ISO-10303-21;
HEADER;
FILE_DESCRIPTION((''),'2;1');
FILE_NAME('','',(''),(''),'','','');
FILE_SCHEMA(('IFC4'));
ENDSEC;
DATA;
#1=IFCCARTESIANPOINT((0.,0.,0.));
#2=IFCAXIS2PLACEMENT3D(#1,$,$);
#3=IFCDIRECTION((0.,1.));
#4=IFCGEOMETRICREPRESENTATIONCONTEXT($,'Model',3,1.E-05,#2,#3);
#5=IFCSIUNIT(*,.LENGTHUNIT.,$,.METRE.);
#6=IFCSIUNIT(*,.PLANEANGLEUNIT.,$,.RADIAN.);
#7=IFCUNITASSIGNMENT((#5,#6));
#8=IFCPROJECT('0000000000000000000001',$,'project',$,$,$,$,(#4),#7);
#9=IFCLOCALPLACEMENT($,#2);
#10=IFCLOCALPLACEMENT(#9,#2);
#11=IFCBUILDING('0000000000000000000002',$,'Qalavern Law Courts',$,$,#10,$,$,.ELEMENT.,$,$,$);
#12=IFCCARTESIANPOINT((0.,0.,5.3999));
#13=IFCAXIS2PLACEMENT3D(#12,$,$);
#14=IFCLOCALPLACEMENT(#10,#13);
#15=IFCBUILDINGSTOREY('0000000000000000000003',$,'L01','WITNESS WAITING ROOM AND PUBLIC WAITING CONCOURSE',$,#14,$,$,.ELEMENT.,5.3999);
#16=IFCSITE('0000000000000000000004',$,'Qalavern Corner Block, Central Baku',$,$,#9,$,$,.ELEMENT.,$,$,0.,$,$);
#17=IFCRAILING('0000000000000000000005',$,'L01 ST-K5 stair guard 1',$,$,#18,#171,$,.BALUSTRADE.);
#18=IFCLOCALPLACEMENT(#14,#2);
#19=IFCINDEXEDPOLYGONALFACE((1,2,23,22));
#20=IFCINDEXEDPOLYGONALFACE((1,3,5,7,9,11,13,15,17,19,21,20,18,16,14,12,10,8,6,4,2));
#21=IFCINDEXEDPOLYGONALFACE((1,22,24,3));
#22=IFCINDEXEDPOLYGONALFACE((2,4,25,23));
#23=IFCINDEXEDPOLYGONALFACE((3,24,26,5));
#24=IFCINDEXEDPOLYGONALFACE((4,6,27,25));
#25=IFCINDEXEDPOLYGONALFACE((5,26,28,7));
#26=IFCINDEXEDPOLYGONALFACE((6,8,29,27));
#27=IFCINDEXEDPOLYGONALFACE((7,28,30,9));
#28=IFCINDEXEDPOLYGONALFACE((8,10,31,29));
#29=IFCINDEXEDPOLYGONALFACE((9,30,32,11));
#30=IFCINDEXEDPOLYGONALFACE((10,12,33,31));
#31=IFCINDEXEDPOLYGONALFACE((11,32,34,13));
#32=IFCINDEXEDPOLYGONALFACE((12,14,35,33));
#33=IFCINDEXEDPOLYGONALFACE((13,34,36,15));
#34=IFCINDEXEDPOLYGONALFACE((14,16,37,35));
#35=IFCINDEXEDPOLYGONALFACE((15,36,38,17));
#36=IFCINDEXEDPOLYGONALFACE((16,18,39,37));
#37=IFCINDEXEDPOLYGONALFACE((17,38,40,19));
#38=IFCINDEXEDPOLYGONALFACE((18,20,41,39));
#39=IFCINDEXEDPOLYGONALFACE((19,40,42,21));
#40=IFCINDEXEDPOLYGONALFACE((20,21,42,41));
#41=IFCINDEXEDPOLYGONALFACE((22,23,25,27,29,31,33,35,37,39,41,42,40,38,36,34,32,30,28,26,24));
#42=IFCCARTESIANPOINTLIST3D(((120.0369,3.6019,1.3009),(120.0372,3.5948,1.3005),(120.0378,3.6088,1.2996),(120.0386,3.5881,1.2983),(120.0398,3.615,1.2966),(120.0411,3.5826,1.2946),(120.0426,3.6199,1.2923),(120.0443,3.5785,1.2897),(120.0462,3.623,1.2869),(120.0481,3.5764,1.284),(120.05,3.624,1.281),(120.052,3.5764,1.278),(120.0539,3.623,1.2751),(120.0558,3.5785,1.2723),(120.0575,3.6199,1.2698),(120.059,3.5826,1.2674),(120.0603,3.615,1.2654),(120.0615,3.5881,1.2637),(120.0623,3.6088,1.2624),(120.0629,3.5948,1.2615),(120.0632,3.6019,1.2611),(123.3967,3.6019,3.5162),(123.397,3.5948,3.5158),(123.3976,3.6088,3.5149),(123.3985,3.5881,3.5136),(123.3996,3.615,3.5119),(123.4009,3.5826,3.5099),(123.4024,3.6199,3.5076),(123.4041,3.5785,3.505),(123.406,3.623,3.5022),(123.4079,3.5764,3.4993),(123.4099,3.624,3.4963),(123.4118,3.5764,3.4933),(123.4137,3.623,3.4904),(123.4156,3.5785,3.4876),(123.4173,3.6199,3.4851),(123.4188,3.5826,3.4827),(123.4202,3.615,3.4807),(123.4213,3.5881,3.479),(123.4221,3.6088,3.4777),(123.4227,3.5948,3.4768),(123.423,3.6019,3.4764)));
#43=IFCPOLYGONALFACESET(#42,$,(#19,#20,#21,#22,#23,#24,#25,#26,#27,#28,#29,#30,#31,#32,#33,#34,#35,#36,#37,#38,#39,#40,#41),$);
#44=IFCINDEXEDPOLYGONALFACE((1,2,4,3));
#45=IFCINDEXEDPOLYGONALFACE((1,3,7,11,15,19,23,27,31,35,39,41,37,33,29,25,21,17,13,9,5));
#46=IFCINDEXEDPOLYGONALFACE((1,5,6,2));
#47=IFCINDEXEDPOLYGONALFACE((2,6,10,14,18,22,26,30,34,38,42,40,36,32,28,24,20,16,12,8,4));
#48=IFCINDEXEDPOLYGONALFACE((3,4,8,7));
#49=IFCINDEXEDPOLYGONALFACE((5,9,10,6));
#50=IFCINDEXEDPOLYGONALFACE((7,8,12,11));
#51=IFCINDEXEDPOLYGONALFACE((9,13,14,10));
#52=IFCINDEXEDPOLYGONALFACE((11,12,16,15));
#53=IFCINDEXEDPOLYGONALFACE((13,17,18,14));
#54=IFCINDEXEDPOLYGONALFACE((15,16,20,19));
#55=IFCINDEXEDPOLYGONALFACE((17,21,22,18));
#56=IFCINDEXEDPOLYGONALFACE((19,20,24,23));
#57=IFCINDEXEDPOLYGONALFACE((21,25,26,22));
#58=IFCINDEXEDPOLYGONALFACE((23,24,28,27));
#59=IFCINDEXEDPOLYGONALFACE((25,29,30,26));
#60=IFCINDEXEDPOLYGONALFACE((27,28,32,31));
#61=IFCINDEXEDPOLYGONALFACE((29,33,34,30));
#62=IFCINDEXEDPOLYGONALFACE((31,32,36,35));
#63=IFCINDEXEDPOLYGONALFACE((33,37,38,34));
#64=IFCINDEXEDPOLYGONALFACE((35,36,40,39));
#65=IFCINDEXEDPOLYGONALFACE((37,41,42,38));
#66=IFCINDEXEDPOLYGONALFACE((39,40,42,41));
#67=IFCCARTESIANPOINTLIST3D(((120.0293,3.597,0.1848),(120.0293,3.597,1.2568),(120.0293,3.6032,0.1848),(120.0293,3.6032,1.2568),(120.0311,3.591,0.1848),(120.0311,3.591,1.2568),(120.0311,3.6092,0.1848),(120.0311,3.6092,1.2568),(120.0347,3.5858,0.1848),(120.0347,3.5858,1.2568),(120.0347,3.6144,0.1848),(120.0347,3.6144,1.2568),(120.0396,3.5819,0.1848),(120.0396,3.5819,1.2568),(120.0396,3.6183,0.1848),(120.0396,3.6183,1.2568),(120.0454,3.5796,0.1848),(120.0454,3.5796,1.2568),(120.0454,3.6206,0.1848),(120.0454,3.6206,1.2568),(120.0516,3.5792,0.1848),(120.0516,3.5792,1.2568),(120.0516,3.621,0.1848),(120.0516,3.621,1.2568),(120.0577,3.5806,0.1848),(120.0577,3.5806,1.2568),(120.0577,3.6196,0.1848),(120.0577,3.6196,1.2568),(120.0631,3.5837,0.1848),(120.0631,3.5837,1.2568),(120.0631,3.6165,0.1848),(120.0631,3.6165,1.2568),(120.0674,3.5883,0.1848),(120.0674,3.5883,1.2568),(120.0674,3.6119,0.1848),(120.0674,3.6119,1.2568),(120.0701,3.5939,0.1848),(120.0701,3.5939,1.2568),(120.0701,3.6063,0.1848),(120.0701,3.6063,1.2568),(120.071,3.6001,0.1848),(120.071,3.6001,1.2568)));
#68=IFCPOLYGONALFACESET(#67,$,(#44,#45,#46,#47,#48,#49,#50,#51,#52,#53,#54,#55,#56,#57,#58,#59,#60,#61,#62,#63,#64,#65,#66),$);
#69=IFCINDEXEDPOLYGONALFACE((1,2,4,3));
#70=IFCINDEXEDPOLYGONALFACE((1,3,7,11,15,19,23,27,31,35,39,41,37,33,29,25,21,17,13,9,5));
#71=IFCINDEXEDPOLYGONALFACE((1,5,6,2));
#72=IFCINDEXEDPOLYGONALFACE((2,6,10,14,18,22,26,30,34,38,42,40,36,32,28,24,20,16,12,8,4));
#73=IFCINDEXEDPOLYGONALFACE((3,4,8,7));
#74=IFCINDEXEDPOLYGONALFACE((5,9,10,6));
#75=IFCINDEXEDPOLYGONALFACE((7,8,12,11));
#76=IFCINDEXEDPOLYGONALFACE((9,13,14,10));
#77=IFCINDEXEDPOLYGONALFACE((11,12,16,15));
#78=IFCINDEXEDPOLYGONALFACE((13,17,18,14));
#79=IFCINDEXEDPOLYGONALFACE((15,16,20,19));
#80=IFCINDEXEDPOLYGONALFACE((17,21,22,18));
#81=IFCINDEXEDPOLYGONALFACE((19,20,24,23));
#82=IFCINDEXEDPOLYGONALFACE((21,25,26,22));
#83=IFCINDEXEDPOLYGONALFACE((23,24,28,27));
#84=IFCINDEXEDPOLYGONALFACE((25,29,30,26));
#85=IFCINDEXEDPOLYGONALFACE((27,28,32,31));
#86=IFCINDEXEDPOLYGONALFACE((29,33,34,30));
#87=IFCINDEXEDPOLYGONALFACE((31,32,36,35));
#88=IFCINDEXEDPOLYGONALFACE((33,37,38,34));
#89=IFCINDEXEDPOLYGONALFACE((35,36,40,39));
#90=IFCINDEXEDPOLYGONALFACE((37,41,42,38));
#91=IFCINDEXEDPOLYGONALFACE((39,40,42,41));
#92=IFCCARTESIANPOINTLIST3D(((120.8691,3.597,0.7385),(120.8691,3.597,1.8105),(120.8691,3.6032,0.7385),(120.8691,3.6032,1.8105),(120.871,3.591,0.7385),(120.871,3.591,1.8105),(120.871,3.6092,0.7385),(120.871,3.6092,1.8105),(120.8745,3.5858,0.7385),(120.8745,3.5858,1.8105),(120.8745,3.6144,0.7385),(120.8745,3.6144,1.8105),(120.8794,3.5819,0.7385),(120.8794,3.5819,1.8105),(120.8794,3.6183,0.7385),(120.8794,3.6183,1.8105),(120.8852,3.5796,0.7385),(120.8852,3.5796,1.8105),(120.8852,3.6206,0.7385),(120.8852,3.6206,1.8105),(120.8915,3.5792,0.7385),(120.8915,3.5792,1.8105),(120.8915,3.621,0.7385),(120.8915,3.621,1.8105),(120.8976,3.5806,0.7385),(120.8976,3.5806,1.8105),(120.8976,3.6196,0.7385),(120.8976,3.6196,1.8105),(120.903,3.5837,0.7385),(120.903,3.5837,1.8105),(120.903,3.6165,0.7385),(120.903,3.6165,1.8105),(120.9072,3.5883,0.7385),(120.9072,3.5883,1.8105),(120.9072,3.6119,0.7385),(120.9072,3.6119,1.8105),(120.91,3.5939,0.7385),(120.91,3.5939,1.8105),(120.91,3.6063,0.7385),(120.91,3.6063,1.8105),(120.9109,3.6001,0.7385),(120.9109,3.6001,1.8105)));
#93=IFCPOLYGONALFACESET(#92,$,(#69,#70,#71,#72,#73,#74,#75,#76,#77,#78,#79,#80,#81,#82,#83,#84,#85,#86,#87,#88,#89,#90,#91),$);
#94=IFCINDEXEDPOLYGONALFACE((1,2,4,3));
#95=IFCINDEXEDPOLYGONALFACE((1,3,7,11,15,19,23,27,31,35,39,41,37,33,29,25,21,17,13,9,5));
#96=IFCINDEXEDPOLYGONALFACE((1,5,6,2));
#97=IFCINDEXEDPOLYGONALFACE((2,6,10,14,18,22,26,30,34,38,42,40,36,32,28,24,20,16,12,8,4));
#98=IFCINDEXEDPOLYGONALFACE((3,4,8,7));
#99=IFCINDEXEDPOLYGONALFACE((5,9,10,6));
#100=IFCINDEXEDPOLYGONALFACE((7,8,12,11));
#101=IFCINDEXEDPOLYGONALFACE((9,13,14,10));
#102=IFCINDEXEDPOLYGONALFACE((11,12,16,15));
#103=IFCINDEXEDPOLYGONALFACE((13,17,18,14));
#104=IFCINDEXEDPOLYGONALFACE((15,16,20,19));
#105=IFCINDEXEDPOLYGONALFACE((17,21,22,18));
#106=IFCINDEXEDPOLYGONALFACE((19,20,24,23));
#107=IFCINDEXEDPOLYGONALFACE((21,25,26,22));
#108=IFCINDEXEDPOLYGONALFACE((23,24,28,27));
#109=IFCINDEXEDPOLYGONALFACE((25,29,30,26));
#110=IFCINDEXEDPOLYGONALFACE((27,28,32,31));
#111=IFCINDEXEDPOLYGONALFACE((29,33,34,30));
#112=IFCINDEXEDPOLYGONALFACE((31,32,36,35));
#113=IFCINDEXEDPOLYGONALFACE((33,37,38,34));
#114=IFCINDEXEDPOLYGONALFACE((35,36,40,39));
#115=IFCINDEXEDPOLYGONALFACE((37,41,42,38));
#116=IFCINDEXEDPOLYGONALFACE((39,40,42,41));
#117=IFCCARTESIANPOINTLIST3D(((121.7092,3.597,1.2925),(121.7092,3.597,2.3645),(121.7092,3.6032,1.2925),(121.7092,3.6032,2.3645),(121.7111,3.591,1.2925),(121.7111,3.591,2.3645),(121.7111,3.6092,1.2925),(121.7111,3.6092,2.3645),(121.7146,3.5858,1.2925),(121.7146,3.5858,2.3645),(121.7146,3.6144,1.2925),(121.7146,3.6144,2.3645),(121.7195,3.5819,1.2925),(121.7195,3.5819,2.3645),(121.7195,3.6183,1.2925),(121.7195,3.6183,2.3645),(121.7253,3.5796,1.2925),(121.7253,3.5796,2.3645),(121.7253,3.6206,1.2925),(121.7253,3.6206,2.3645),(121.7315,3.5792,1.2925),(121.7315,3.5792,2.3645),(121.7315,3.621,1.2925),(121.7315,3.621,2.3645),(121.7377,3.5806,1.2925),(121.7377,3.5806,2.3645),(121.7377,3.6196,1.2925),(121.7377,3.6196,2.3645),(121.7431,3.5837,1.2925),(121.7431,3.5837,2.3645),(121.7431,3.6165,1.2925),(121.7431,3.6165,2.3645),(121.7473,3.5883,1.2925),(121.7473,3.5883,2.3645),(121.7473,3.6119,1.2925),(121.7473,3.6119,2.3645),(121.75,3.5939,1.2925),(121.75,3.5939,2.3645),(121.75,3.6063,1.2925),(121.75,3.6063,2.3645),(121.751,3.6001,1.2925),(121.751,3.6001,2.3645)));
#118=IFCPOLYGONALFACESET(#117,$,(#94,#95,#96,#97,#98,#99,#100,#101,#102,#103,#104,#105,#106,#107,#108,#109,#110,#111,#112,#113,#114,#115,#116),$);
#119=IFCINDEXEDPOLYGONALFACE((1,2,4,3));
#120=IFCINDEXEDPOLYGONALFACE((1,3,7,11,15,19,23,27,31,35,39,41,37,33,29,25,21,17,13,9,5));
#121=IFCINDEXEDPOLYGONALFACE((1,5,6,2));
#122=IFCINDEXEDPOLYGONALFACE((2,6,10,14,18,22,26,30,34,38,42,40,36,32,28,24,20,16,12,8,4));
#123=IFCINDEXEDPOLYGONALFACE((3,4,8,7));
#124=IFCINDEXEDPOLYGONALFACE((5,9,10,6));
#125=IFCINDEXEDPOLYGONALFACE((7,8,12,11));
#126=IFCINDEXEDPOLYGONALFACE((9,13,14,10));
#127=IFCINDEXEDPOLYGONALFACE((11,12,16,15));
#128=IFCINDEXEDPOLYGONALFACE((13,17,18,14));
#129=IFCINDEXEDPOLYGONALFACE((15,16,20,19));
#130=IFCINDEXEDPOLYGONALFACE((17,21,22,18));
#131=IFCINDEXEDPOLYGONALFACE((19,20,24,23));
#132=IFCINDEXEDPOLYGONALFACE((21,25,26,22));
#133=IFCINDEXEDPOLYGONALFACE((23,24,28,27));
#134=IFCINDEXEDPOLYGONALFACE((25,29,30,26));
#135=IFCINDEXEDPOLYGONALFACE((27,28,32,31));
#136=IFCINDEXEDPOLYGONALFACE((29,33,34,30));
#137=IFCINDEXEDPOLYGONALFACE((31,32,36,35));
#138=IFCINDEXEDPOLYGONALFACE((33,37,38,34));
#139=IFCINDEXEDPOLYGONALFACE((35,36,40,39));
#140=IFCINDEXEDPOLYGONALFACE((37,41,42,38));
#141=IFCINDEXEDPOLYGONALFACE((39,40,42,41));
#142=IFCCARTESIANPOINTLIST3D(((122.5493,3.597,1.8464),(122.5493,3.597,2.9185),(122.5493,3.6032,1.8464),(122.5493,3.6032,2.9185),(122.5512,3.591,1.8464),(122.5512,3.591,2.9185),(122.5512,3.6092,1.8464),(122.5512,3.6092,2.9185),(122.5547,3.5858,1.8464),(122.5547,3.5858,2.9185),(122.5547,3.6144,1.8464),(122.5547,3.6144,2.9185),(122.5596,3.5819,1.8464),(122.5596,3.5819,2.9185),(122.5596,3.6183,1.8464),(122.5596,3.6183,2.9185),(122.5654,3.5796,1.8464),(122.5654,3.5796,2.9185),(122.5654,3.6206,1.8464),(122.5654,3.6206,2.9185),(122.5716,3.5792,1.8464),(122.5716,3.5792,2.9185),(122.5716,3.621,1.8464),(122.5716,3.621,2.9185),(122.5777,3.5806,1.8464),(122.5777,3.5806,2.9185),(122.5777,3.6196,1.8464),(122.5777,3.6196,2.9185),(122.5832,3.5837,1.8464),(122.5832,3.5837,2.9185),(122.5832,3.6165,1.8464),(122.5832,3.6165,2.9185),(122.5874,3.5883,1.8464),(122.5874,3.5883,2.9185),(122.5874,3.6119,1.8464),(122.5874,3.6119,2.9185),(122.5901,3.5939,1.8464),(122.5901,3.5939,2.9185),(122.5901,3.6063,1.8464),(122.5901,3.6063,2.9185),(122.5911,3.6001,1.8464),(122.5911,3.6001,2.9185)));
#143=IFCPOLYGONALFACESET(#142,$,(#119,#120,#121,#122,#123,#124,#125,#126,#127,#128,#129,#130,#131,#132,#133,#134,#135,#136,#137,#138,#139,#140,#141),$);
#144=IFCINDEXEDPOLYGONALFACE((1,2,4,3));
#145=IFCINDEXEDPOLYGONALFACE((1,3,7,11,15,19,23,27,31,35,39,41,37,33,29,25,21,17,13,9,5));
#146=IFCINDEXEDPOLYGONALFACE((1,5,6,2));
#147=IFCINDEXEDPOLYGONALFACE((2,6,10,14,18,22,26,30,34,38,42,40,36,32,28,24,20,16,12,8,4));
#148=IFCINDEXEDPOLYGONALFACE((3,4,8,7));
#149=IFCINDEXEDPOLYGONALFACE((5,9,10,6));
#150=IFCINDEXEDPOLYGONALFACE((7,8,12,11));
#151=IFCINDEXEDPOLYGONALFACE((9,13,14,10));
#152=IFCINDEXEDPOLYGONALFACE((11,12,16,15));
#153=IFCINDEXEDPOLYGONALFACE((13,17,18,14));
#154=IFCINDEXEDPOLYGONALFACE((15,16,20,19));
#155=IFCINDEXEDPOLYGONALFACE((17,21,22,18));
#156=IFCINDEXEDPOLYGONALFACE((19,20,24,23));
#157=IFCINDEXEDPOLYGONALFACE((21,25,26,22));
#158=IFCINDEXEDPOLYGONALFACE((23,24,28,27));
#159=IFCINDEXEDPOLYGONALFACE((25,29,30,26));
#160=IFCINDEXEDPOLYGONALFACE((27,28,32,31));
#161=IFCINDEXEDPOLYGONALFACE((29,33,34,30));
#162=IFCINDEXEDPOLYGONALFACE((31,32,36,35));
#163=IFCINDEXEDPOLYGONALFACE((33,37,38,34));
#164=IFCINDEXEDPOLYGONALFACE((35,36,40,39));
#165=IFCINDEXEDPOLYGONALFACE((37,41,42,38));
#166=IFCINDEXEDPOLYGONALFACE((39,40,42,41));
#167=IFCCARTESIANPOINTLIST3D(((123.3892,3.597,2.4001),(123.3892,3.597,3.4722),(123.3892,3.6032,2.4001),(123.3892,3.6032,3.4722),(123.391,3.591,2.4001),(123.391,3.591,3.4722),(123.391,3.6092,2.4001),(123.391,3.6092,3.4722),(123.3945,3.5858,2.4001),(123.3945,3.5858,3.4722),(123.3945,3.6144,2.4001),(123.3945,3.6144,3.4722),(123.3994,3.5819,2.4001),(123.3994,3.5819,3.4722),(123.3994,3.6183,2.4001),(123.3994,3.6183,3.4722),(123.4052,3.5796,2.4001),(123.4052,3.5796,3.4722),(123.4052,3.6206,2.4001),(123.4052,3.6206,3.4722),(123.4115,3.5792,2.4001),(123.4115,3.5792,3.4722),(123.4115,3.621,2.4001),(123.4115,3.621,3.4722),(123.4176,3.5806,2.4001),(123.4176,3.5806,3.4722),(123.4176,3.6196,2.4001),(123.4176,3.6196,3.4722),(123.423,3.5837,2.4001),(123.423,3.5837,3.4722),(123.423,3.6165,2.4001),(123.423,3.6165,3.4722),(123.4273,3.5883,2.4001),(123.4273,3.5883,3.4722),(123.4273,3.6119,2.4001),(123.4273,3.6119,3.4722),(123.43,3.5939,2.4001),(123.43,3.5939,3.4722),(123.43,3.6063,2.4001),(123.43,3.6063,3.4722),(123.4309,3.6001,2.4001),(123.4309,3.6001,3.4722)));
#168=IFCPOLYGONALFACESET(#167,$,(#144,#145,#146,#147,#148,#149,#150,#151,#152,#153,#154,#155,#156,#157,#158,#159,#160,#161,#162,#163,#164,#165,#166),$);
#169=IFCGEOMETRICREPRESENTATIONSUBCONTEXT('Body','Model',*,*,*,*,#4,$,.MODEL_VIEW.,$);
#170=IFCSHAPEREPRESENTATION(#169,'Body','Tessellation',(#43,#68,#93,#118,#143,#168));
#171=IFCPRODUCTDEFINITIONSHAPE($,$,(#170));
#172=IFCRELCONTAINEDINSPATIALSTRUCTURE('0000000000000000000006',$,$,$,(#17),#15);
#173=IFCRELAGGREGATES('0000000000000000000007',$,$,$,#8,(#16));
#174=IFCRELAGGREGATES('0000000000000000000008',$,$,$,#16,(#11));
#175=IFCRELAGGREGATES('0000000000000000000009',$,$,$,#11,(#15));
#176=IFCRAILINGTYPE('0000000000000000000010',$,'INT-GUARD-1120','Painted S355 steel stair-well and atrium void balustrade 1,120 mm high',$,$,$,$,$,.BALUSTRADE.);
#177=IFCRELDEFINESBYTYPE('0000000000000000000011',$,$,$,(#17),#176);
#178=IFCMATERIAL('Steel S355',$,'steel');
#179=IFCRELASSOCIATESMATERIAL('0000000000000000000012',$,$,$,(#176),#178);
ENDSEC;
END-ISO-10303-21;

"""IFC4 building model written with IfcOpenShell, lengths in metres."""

from ifc_helpers import new_model, si_unit, direction, frame, origin, origin_2d, place, context, subcontext, project, spatial, circle, extrude, material, type_object, element, save


model = new_model("IFC4")

# Units and contexts
model_context = context("Model", 3, precision=1e-05, world=origin(), true_north=direction((0.0, 1.0)))
body_context = subcontext(model_context, "Body", "Model", "MODEL_VIEW")
ifc_project = project(units=[si_unit("LENGTHUNIT", "METRE"), si_unit("PLANEANGLEUNIT", "RADIAN")], contexts=[model_context])

# Site, building, storey
site_placement = place(None, origin())
site = spatial("IfcSite", under=ifc_project, at=site_placement, Name="Qalavern Corner Block, Central Baku", CompositionType="ELEMENT", RefElevation=0.0)
building_placement = place(site_placement, origin())
building = spatial("IfcBuilding", under=site, at=building_placement, Name="Qalavern Law Courts", CompositionType="ELEMENT")
storey_placement = place(building_placement, frame((0.0, 0.0, 5.3999)))
storey = spatial("IfcBuildingStorey", under=building, at=storey_placement, Name="L01", Description="WITNESS WAITING ROOM AND PUBLIC WAITING CONCOURSE", CompositionType="ELEMENT", Elevation=5.3999)

# Shared definitions
ifc_material_1 = material(Name="Steel S355", Category="steel")

# Railing
railing_type_1 = type_object("IfcRailingType", Name="INT-GUARD-1120", Description="Painted S355 steel stair-well and atrium void balustrade 1,120 mm high", PredefinedType="BALUSTRADE", material=ifc_material_1)
railing_1_placement = place(storey_placement, frame((120.05, 3.6001, 0.1848)))
element("IfcRailing", 1, at=railing_1_placement, inside=storey, type_object=railing_type_1, Name="L01 ST-K5 stair guard 1", PredefinedType="BALUSTRADE", context=body_context, shape_type="SweptSolid", body=[
    extrude(circle(Radius=0.0239, at=origin_2d()), frame((0.0, 0.0, 1.0962), z_axis=(0.834858, 0.0, 0.550465), x_axis=(0.0, 1.0, 0.0)), (0.0, 0.0, 1.0), 4.0244),
    extrude(circle(Radius=0.021, at=origin_2d()), origin(), (0.0, 0.0, 1.0), 1.072),
    extrude(circle(Radius=0.021, at=origin_2d()), frame((0.8398, 0.0, 0.5537)), (0.0, 0.0, 1.0), 1.072),
    extrude(circle(Radius=0.021, at=origin_2d()), frame((1.6799, 0.0, 1.1077)), (0.0, 0.0, 1.0), 1.072),
    extrude(circle(Radius=0.021, at=origin_2d()), frame((2.52, 0.0, 1.6616)), (0.0, 0.0, 1.0), 1.072),
    extrude(circle(Radius=0.021, at=origin_2d()), frame((3.3599, 0.0, 2.2153)), (0.0, 0.0, 1.0), 1.072),
])

save(model, "model.ifc")
